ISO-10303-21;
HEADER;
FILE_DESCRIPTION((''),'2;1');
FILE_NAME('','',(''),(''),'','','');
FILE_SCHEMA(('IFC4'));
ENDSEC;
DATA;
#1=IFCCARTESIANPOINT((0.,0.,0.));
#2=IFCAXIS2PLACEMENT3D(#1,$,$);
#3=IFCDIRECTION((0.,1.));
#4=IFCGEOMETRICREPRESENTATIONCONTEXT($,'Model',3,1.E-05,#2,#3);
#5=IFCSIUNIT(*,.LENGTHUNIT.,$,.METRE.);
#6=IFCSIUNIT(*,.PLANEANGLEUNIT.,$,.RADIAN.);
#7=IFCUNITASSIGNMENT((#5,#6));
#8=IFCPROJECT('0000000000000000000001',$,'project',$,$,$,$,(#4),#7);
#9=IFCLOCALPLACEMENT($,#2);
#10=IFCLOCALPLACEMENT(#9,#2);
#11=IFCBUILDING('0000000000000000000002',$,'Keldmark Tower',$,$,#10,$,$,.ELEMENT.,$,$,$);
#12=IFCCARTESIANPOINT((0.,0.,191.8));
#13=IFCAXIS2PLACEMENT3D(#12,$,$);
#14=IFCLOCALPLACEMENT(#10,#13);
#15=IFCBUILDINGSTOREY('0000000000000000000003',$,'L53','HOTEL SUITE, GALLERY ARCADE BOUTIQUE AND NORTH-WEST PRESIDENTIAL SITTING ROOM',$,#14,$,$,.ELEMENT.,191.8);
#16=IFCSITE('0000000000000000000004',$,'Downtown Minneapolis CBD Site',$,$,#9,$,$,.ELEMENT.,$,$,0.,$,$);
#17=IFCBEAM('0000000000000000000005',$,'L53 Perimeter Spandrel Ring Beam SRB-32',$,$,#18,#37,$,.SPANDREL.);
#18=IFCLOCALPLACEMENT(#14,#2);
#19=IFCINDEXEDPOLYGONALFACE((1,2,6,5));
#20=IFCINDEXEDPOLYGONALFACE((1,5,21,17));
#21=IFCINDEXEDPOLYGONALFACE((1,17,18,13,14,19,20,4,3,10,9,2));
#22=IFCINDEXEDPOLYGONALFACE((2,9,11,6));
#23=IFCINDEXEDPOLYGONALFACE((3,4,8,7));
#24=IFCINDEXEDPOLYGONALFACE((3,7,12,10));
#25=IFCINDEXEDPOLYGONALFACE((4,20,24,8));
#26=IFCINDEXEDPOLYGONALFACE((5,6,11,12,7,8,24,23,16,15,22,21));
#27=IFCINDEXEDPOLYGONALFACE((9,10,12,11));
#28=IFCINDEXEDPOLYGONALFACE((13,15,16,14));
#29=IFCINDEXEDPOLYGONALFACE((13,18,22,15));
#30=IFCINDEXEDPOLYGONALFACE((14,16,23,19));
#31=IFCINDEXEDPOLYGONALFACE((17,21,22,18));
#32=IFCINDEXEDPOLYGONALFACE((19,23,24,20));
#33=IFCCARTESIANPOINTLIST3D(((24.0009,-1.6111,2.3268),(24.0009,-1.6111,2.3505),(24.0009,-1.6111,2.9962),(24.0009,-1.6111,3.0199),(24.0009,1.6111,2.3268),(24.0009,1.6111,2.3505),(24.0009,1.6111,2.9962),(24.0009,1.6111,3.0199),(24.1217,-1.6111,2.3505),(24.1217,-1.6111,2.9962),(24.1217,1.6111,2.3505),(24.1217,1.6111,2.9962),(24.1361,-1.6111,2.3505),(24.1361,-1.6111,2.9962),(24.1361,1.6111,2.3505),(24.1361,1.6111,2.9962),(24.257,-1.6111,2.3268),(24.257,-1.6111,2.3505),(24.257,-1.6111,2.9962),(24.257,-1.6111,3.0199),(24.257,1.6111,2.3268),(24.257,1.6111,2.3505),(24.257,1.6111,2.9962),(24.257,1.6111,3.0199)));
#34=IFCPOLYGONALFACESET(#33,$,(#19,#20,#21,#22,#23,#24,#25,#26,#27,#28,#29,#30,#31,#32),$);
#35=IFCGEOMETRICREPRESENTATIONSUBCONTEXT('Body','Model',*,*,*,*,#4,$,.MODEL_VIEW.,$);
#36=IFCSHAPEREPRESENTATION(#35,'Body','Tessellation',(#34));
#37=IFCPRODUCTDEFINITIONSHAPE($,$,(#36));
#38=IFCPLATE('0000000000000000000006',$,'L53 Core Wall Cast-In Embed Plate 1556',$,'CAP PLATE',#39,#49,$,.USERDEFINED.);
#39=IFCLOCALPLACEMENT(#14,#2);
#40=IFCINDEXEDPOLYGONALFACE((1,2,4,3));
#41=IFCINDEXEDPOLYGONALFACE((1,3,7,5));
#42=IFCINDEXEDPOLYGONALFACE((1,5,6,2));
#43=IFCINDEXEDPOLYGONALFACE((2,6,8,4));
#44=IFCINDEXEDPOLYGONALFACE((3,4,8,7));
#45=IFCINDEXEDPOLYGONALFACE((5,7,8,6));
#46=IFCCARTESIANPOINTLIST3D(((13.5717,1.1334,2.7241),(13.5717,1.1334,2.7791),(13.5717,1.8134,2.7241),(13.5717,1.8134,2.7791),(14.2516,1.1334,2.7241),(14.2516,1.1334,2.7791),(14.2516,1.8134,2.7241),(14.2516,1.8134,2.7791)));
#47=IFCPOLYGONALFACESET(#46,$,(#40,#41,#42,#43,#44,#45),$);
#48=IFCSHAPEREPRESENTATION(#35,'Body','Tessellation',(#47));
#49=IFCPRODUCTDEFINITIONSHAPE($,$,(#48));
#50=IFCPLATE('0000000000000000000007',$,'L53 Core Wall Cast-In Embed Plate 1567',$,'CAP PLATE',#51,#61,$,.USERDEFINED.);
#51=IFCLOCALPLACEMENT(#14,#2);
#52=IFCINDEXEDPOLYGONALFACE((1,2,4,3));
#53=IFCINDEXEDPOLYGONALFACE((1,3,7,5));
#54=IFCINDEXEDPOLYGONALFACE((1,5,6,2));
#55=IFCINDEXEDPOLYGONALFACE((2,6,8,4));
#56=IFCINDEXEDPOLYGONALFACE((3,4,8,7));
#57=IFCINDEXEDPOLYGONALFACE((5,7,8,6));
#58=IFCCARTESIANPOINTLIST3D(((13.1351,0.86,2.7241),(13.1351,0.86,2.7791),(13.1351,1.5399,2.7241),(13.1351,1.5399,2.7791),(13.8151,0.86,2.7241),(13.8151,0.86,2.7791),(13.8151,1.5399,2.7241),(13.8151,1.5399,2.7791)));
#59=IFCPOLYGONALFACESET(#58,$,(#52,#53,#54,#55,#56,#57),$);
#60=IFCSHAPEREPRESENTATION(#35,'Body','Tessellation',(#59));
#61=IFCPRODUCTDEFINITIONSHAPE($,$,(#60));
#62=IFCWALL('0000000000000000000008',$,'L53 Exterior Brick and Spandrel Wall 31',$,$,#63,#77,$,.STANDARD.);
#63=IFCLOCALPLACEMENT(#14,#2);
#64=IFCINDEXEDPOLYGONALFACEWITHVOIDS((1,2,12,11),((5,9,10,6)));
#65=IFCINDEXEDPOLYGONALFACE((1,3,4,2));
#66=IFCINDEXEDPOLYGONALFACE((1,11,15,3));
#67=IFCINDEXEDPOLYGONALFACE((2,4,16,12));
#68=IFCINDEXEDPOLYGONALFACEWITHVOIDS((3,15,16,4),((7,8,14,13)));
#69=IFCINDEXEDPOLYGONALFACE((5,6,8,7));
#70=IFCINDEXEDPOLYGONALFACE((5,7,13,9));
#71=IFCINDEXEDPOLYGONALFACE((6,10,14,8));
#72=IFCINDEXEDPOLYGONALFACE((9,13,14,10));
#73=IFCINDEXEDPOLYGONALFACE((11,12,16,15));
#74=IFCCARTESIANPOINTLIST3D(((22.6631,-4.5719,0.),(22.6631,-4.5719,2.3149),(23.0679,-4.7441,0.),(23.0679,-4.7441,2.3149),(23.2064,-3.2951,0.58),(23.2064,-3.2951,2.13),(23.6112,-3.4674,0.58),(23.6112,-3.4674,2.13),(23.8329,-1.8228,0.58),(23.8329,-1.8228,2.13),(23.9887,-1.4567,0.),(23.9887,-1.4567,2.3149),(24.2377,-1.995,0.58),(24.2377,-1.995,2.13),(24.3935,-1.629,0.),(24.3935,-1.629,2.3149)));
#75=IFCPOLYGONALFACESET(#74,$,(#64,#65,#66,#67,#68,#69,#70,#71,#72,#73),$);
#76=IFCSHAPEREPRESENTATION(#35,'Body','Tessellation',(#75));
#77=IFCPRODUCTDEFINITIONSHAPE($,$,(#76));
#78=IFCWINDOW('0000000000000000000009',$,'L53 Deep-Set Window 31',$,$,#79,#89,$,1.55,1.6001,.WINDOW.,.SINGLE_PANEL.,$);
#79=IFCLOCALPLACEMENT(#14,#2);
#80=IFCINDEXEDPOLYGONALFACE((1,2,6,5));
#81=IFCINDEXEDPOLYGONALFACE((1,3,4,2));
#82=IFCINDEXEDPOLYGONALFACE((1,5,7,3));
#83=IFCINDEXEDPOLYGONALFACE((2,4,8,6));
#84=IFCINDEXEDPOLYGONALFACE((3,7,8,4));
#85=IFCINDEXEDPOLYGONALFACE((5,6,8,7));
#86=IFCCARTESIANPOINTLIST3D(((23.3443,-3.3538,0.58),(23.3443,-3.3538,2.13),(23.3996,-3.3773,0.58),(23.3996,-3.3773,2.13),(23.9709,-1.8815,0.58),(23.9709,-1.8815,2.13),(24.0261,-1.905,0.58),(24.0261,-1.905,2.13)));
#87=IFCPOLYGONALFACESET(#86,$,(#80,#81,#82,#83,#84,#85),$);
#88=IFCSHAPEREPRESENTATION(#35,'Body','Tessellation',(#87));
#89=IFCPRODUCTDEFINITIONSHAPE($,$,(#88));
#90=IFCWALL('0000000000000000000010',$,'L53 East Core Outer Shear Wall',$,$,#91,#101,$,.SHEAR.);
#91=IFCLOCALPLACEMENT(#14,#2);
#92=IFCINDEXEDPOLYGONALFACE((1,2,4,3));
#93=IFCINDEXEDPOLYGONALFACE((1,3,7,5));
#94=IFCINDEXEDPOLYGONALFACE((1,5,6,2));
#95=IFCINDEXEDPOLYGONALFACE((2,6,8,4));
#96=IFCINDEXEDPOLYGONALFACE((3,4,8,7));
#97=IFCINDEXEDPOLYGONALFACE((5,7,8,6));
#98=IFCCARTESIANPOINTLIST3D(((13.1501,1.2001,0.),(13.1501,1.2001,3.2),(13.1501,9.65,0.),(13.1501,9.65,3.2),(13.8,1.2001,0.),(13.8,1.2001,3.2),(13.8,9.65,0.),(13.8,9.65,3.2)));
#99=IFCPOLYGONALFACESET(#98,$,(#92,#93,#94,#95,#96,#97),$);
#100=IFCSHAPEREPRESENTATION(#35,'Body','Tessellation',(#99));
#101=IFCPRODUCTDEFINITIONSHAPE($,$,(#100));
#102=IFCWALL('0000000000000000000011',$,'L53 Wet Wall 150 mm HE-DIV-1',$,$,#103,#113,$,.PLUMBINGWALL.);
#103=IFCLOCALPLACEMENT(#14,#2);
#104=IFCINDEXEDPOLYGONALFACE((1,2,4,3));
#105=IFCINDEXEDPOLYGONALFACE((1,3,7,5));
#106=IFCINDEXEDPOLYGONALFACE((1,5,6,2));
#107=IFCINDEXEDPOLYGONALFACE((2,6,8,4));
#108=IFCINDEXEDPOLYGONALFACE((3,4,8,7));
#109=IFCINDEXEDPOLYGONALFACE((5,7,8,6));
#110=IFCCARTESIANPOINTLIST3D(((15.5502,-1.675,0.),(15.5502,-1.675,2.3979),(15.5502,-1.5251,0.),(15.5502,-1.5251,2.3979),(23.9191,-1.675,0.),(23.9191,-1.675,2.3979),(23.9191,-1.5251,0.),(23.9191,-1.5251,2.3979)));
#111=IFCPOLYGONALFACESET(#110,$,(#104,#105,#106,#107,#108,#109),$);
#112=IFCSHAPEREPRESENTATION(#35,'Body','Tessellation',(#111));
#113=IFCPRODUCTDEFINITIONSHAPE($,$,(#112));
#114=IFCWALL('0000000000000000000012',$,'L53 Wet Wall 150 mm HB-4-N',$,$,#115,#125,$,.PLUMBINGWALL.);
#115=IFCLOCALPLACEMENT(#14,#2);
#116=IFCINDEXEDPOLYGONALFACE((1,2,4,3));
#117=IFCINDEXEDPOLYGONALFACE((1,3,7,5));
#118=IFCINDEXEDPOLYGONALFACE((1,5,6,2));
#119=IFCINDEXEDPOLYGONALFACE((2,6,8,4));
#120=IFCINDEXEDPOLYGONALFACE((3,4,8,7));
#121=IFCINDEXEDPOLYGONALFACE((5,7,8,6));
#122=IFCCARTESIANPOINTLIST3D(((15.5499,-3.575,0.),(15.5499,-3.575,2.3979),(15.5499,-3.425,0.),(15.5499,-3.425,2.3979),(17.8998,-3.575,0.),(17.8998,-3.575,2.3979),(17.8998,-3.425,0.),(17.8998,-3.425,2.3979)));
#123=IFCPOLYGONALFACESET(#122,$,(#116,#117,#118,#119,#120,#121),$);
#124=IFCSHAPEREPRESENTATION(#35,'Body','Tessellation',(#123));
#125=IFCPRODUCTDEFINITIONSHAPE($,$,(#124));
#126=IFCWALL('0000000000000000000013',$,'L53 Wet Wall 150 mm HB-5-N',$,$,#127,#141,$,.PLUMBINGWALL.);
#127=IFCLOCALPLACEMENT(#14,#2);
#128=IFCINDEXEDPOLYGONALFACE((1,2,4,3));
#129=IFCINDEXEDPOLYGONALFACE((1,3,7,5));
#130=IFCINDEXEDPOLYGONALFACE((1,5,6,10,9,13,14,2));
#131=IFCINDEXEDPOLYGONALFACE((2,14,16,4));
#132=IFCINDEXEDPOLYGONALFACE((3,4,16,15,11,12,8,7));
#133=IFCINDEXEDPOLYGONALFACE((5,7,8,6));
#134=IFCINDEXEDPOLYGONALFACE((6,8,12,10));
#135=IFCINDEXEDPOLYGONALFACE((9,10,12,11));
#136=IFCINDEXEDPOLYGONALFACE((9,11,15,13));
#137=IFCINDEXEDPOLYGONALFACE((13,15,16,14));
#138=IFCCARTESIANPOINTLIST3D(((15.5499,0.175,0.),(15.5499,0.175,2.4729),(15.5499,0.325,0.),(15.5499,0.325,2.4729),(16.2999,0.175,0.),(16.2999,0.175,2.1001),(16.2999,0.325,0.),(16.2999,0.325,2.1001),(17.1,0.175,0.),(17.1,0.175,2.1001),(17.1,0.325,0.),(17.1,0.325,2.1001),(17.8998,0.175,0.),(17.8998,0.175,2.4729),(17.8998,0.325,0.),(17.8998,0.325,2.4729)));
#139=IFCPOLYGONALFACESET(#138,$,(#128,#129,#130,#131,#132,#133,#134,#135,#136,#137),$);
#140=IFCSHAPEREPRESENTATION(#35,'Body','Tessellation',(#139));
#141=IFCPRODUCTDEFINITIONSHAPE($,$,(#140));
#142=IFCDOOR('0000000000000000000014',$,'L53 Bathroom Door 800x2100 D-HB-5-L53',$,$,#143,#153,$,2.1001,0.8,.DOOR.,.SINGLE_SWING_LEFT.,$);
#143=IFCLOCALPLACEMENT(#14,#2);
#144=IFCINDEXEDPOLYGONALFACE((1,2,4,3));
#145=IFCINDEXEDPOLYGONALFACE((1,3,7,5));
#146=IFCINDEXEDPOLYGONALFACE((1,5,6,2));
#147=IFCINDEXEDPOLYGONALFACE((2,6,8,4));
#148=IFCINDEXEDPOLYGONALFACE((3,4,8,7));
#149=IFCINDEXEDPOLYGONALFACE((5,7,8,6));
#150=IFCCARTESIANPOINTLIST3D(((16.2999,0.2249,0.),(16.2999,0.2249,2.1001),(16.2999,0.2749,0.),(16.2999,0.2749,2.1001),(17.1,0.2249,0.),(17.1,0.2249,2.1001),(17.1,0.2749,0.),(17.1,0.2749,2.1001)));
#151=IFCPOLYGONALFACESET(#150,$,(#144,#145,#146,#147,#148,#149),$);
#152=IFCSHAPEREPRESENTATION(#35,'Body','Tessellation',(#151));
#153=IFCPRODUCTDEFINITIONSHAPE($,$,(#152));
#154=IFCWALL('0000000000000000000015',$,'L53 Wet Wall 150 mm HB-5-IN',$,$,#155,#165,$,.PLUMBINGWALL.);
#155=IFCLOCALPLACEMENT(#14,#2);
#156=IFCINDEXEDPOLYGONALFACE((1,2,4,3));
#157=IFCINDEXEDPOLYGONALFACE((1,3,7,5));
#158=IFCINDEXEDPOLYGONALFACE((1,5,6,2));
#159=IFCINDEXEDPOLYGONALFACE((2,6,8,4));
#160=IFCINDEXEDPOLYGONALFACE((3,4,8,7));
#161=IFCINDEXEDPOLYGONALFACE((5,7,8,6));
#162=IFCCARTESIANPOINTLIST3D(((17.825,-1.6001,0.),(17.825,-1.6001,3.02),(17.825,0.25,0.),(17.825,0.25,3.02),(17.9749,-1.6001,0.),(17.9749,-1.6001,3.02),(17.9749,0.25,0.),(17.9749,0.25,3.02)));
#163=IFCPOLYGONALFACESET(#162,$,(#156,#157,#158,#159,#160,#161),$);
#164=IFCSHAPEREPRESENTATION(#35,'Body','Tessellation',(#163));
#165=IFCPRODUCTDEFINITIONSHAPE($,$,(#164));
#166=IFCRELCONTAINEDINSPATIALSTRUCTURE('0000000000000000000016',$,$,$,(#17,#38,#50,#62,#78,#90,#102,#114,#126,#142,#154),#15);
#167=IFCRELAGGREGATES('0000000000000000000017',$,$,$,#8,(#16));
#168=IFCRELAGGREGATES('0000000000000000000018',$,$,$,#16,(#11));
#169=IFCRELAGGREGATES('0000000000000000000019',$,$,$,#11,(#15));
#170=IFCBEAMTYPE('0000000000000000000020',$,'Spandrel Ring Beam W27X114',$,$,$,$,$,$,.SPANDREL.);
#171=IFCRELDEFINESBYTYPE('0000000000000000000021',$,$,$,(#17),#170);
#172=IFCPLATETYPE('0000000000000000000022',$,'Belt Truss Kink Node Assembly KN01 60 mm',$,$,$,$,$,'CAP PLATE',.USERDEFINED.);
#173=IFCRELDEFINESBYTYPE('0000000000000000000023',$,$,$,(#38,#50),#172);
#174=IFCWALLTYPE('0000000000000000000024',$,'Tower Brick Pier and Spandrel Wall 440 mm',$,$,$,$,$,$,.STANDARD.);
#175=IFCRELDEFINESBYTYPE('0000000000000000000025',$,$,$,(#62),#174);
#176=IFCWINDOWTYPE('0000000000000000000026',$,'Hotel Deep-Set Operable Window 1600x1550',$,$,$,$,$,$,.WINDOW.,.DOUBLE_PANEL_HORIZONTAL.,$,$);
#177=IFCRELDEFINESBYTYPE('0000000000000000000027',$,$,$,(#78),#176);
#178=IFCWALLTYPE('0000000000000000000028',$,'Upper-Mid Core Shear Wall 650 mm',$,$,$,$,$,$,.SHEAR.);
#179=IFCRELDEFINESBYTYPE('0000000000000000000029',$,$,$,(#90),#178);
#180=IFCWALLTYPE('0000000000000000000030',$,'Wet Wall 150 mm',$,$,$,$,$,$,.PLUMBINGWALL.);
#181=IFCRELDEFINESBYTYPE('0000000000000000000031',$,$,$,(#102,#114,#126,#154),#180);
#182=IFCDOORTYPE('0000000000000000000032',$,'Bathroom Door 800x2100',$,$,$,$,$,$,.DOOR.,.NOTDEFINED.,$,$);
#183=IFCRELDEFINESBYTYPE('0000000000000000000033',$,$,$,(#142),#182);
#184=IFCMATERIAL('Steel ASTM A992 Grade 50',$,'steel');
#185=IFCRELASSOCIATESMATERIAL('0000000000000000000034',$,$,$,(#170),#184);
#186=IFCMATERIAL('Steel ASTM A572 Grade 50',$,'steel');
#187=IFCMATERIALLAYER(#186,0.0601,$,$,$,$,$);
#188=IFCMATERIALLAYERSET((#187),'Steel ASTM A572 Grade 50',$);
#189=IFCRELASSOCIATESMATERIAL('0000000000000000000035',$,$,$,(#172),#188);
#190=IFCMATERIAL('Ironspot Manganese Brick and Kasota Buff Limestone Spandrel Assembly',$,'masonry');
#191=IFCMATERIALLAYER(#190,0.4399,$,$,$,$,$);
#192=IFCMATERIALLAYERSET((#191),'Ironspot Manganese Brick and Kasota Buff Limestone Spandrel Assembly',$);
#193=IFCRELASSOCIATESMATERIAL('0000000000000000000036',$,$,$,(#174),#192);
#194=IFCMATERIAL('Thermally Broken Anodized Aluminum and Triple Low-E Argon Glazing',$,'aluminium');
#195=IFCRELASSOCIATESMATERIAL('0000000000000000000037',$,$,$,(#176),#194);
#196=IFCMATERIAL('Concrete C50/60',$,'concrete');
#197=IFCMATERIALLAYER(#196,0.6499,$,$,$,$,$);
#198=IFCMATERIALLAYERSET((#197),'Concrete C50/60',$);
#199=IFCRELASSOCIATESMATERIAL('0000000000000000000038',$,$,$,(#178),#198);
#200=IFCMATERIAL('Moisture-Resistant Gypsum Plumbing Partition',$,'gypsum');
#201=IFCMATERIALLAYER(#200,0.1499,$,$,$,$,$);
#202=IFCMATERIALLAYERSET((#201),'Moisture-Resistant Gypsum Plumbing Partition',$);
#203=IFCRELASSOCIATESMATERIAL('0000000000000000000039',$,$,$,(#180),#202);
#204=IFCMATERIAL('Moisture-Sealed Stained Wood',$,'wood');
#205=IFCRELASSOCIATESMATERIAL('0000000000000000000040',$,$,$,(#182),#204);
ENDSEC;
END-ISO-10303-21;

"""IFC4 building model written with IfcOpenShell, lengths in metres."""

from ifc_helpers import new_model, si_unit, direction, frame, frame_2d, origin, origin_2d, place, context, subcontext, project, spatial, rectangle, i_section, extrude, material, layer, layer_set, material_profile, profile_set, type_object, element, fill, save


model = new_model("IFC4")

# Units and contexts
model_context = context("Model", 3, precision=1e-05, world=origin(), true_north=direction((0.0, 1.0)))
body_context = subcontext(model_context, "Body", "Model", "MODEL_VIEW")
ifc_project = project(units=[si_unit("LENGTHUNIT", "METRE"), si_unit("PLANEANGLEUNIT", "RADIAN")], contexts=[model_context])

# Site, building, storey
site_placement = place(None, origin())
site = spatial("IfcSite", under=ifc_project, at=site_placement, Name="Downtown Minneapolis CBD Site", CompositionType="ELEMENT", RefElevation=0.0)
building_placement = place(site_placement, origin())
building = spatial("IfcBuilding", under=site, at=building_placement, Name="Keldmark Tower", CompositionType="ELEMENT")
storey_placement = place(building_placement, frame((0.0, 0.0, 191.8)))
storey = spatial("IfcBuildingStorey", under=building, at=storey_placement, Name="L53", Description="HOTEL SUITE, GALLERY ARCADE BOUTIQUE AND NORTH-WEST PRESIDENTIAL SITTING ROOM", CompositionType="ELEMENT", Elevation=191.8)

# Beam
ifc_material_1 = material(Name="Steel ASTM A992 Grade 50", Category="steel")
ifc_material_profile_1 = material_profile(ifc_material_1, i_section(OverallWidth=0.2561, OverallDepth=0.6931, WebThickness=0.0144, FlangeThickness=0.0237, at=origin_2d()), Name="W27X114")
ifc_profile_set_1 = profile_set([ifc_material_profile_1], Name="Steel ASTM A992 Grade 50")
beam_type_1 = type_object("IfcBeamType", Name="Spandrel Ring Beam W27X114", PredefinedType="SPANDREL", material=ifc_profile_set_1)
beam_1_placement = place(storey_placement, frame((24.1289, -1.6111, 2.6733), z_axis=(0.0, 1.0, 0.0), x_axis=(-1.0, 0.0, 0.0)))
element("IfcBeam", 1, at=beam_1_placement, inside=storey, type_object=beam_type_1, Name="L53 Perimeter Spandrel Ring Beam SRB-32", PredefinedType="SPANDREL", context=body_context, shape_type="SweptSolid", body=[
    extrude(i_section(OverallWidth=0.2561, OverallDepth=0.6931, WebThickness=0.0144, FlangeThickness=0.0237, at=origin_2d()), origin(), (0.0, 0.0, 1.0), 3.2222),
])

# Plates
ifc_material_2 = material(Name="Steel ASTM A572 Grade 50", Category="steel")
ifc_layer_1 = layer(ifc_material_2, 0.0601)
ifc_layer_set_1 = layer_set([ifc_layer_1], Name="Steel ASTM A572 Grade 50")
plate_type = type_object("IfcPlateType", Name="Belt Truss Kink Node Assembly KN01 60 mm", ElementType="CAP PLATE", PredefinedType="USERDEFINED", material=ifc_layer_set_1)
for number, where, z_axis, x_axis, name in (
    (2, (13.9116, 1.4734, 2.7241), (0.0, 0.0, 1.0), (1.0, 0.0, 0.0), "L53 Core Wall Cast-In Embed Plate 1556"),
    (3, (13.4751, 1.2, 2.7241), (0.0, 0.0, 1.0), (1.0, 0.0, 0.0), "L53 Core Wall Cast-In Embed Plate 1567"),
):
    element("IfcPlate", number, at=place(storey_placement, frame(where, z_axis=z_axis, x_axis=x_axis)), inside=storey, type_object=plate_type, Name=name, ObjectType="CAP PLATE", PredefinedType="USERDEFINED", context=body_context, shape_type="SweptSolid", body=[
        extrude(rectangle(XDim=0.6799, YDim=0.6799, at=origin_2d()), origin(), (0.0, 0.0, 1.0), 0.0549),
    ])

# Wall, opening, window
ifc_material_3 = material(Name="Ironspot Manganese Brick and Kasota Buff Limestone Spandrel Assembly", Category="masonry")
ifc_layer_2 = layer(ifc_material_3, 0.4399)
ifc_layer_set_2 = layer_set([ifc_layer_2], Name="Ironspot Manganese Brick and Kasota Buff Limestone Spandrel Assembly")
wall_type_1 = type_object("IfcWallType", Name="Tower Brick Pier and Spandrel Wall 440 mm", PredefinedType="STANDARD", material=ifc_layer_set_2)
wall_1_placement = place(storey_placement, frame((24.1912, -1.5427, 0.0), z_axis=(0.0, 0.0, 1.0), x_axis=(-0.391568, -0.920149, 0.0)))
wall_1 = element("IfcWall", 4, at=wall_1_placement, inside=storey, type_object=wall_type_1, Name="L53 Exterior Brick and Spandrel Wall 31", PredefinedType="STANDARD", context=body_context, shape_type="SweptSolid", body=[
    extrude(rectangle(XDim=3.3855, YDim=0.4399, at=frame_2d((1.6929, 0.0))), origin(), (0.0, 0.0, 1.0), 2.3149),
])
opening_1_placement = place(wall_1_placement, frame((0.3979, 0.0, 0.5801)))
opening_1 = element("IfcOpeningElement", 5, at=opening_1_placement, cuts=wall_1, PredefinedType="OPENING", context=body_context, shape_type="SweptSolid", body=[
    extrude(rectangle(XDim=1.6001, YDim=1.55, at=frame_2d((0.8, 0.7749))), frame((0.0, 0.23, 0.0), z_axis=(0.0, -1.0, 0.0), x_axis=(1.0, 0.0, 0.0)), (0.0, 0.0, 1.0), 0.46),
])
ifc_material_4 = material(Name="Thermally Broken Anodized Aluminum and Triple Low-E Argon Glazing", Category="aluminium")
window_type = type_object("IfcWindowType", Name="Hotel Deep-Set Operable Window 1600x1550", PartitioningType="DOUBLE_PANEL_HORIZONTAL", PredefinedType="WINDOW", material=ifc_material_4)
window_placement = place(opening_1_placement, origin())
window = element("IfcWindow", 6, at=window_placement, inside=storey, type_object=window_type, Name="L53 Deep-Set Window 31", OverallHeight=1.55, OverallWidth=1.6001, PartitioningType="SINGLE_PANEL", PredefinedType="WINDOW", context=body_context, shape_type="SweptSolid", body=[
    extrude(rectangle(XDim=1.6001, YDim=1.55, at=frame_2d((0.8, 0.7749))), frame((0.0, -0.01, 0.0), z_axis=(0.0, -1.0, 0.0), x_axis=(1.0, 0.0, 0.0)), (0.0, 0.0, 1.0), 0.0601),
])
fill(opening_1, window)

# Wall
ifc_material_5 = material(Name="Concrete C50/60", Category="concrete")
ifc_layer_3 = layer(ifc_material_5, 0.6499)
ifc_layer_set_3 = layer_set([ifc_layer_3], Name="Concrete C50/60")
wall_type_2 = type_object("IfcWallType", Name="Upper-Mid Core Shear Wall 650 mm", PredefinedType="SHEAR", material=ifc_layer_set_3)
wall_2_placement = place(storey_placement, frame((13.4751, 1.2, 0.0), z_axis=(0.0, 0.0, 1.0), x_axis=(0.0, 1.0, 0.0)))
element("IfcWall", 7, at=wall_2_placement, inside=storey, type_object=wall_type_2, Name="L53 East Core Outer Shear Wall", PredefinedType="SHEAR", context=body_context, shape_type="SweptSolid", body=[
    extrude(rectangle(XDim=8.45, YDim=0.6499, at=frame_2d((4.2251, 0.0))), origin(), (0.0, 0.0, 1.0), 3.2),
])

# Walls
ifc_material_6 = material(Name="Moisture-Resistant Gypsum Plumbing Partition", Category="gypsum")
ifc_layer_4 = layer(ifc_material_6, 0.1499)
ifc_layer_set_4 = layer_set([ifc_layer_4], Name="Moisture-Resistant Gypsum Plumbing Partition")
wall_type_3 = type_object("IfcWallType", Name="Wet Wall 150 mm", PredefinedType="PLUMBINGWALL", material=ifc_layer_set_4)
wall_3_placement = place(storey_placement, frame((15.55, -1.6001, 0.0), z_axis=(0.0, 0.0, 1.0), x_axis=(1.0, 0.0, 0.0)))
element("IfcWall", 8, at=wall_3_placement, inside=storey, type_object=wall_type_3, Name="L53 Wet Wall 150 mm HE-DIV-1", PredefinedType="PLUMBINGWALL", context=body_context, shape_type="SweptSolid", body=[
    extrude(rectangle(XDim=8.3689, YDim=0.1499, at=frame_2d((4.1846, 0.0))), origin(), (0.0, 0.0, 1.0), 2.3979),
])
wall_4_placement = place(storey_placement, frame((15.55, -3.5, 0.0), z_axis=(0.0, 0.0, 1.0), x_axis=(1.0, 0.0, 0.0)))
element("IfcWall", 9, at=wall_4_placement, inside=storey, type_object=wall_type_3, Name="L53 Wet Wall 150 mm HB-4-N", PredefinedType="PLUMBINGWALL", context=body_context, shape_type="SweptSolid", body=[
    extrude(rectangle(XDim=2.3499, YDim=0.1499, at=frame_2d((1.1748, 0.0))), origin(), (0.0, 0.0, 1.0), 2.3979),
])

# Wall, opening, door
wall_5_placement = place(storey_placement, frame((15.55, 0.25, 0.0), z_axis=(0.0, 0.0, 1.0), x_axis=(1.0, 0.0, 0.0)))
wall_5 = element("IfcWall", 10, at=wall_5_placement, inside=storey, type_object=wall_type_3, Name="L53 Wet Wall 150 mm HB-5-N", PredefinedType="PLUMBINGWALL", context=body_context, shape_type="SweptSolid", body=[
    extrude(rectangle(XDim=2.3499, YDim=0.1499, at=frame_2d((1.1748, 0.0))), origin(), (0.0, 0.0, 1.0), 2.4729),
])
opening_2_placement = place(wall_5_placement, frame((0.75, 0.0, 0.0)))
opening_2 = element("IfcOpeningElement", 11, at=opening_2_placement, cuts=wall_5, PredefinedType="OPENING", context=body_context, shape_type="SweptSolid", body=[
    extrude(rectangle(XDim=0.8, YDim=2.1001, at=frame_2d((0.3999, 1.05))), frame((0.0, 0.085, 0.0), z_axis=(0.0, -1.0, 0.0), x_axis=(1.0, 0.0, 0.0)), (0.0, 0.0, 1.0), 0.1699),
])
ifc_material_7 = material(Name="Moisture-Sealed Stained Wood", Category="wood")
door_type_1 = type_object("IfcDoorType", Name="Bathroom Door 800x2100", OperationType="NOTDEFINED", PredefinedType="DOOR", material=ifc_material_7)
door_1_placement = place(opening_2_placement, origin())
door_1 = element("IfcDoor", 12, at=door_1_placement, inside=storey, type_object=door_type_1, Name="L53 Bathroom Door 800x2100 D-HB-5-L53", OperationType="SINGLE_SWING_LEFT", OverallHeight=2.1001, OverallWidth=0.8, PredefinedType="DOOR", context=body_context, shape_type="SweptSolid", body=[
    extrude(rectangle(XDim=0.8, YDim=2.1001, at=frame_2d((0.3999, 1.05))), frame((0.0, 0.0249, 0.0), z_axis=(0.0, -1.0, 0.0), x_axis=(1.0, 0.0, 0.0)), (0.0, 0.0, 1.0), 0.05),
])
fill(opening_2, door_1)

# Wall
wall_6_placement = place(storey_placement, frame((17.8999, -1.6001, 0.0), z_axis=(0.0, 0.0, 1.0), x_axis=(0.0, 1.0, 0.0)))
element("IfcWall", 13, at=wall_6_placement, inside=storey, type_object=wall_type_3, Name="L53 Wet Wall 150 mm HB-5-IN", PredefinedType="PLUMBINGWALL", context=body_context, shape_type="SweptSolid", body=[
    extrude(rectangle(XDim=1.8501, YDim=0.1499, at=frame_2d((0.925, 0.0))), origin(), (0.0, 0.0, 1.0), 3.02),
])

save(model, "model.ifc")
